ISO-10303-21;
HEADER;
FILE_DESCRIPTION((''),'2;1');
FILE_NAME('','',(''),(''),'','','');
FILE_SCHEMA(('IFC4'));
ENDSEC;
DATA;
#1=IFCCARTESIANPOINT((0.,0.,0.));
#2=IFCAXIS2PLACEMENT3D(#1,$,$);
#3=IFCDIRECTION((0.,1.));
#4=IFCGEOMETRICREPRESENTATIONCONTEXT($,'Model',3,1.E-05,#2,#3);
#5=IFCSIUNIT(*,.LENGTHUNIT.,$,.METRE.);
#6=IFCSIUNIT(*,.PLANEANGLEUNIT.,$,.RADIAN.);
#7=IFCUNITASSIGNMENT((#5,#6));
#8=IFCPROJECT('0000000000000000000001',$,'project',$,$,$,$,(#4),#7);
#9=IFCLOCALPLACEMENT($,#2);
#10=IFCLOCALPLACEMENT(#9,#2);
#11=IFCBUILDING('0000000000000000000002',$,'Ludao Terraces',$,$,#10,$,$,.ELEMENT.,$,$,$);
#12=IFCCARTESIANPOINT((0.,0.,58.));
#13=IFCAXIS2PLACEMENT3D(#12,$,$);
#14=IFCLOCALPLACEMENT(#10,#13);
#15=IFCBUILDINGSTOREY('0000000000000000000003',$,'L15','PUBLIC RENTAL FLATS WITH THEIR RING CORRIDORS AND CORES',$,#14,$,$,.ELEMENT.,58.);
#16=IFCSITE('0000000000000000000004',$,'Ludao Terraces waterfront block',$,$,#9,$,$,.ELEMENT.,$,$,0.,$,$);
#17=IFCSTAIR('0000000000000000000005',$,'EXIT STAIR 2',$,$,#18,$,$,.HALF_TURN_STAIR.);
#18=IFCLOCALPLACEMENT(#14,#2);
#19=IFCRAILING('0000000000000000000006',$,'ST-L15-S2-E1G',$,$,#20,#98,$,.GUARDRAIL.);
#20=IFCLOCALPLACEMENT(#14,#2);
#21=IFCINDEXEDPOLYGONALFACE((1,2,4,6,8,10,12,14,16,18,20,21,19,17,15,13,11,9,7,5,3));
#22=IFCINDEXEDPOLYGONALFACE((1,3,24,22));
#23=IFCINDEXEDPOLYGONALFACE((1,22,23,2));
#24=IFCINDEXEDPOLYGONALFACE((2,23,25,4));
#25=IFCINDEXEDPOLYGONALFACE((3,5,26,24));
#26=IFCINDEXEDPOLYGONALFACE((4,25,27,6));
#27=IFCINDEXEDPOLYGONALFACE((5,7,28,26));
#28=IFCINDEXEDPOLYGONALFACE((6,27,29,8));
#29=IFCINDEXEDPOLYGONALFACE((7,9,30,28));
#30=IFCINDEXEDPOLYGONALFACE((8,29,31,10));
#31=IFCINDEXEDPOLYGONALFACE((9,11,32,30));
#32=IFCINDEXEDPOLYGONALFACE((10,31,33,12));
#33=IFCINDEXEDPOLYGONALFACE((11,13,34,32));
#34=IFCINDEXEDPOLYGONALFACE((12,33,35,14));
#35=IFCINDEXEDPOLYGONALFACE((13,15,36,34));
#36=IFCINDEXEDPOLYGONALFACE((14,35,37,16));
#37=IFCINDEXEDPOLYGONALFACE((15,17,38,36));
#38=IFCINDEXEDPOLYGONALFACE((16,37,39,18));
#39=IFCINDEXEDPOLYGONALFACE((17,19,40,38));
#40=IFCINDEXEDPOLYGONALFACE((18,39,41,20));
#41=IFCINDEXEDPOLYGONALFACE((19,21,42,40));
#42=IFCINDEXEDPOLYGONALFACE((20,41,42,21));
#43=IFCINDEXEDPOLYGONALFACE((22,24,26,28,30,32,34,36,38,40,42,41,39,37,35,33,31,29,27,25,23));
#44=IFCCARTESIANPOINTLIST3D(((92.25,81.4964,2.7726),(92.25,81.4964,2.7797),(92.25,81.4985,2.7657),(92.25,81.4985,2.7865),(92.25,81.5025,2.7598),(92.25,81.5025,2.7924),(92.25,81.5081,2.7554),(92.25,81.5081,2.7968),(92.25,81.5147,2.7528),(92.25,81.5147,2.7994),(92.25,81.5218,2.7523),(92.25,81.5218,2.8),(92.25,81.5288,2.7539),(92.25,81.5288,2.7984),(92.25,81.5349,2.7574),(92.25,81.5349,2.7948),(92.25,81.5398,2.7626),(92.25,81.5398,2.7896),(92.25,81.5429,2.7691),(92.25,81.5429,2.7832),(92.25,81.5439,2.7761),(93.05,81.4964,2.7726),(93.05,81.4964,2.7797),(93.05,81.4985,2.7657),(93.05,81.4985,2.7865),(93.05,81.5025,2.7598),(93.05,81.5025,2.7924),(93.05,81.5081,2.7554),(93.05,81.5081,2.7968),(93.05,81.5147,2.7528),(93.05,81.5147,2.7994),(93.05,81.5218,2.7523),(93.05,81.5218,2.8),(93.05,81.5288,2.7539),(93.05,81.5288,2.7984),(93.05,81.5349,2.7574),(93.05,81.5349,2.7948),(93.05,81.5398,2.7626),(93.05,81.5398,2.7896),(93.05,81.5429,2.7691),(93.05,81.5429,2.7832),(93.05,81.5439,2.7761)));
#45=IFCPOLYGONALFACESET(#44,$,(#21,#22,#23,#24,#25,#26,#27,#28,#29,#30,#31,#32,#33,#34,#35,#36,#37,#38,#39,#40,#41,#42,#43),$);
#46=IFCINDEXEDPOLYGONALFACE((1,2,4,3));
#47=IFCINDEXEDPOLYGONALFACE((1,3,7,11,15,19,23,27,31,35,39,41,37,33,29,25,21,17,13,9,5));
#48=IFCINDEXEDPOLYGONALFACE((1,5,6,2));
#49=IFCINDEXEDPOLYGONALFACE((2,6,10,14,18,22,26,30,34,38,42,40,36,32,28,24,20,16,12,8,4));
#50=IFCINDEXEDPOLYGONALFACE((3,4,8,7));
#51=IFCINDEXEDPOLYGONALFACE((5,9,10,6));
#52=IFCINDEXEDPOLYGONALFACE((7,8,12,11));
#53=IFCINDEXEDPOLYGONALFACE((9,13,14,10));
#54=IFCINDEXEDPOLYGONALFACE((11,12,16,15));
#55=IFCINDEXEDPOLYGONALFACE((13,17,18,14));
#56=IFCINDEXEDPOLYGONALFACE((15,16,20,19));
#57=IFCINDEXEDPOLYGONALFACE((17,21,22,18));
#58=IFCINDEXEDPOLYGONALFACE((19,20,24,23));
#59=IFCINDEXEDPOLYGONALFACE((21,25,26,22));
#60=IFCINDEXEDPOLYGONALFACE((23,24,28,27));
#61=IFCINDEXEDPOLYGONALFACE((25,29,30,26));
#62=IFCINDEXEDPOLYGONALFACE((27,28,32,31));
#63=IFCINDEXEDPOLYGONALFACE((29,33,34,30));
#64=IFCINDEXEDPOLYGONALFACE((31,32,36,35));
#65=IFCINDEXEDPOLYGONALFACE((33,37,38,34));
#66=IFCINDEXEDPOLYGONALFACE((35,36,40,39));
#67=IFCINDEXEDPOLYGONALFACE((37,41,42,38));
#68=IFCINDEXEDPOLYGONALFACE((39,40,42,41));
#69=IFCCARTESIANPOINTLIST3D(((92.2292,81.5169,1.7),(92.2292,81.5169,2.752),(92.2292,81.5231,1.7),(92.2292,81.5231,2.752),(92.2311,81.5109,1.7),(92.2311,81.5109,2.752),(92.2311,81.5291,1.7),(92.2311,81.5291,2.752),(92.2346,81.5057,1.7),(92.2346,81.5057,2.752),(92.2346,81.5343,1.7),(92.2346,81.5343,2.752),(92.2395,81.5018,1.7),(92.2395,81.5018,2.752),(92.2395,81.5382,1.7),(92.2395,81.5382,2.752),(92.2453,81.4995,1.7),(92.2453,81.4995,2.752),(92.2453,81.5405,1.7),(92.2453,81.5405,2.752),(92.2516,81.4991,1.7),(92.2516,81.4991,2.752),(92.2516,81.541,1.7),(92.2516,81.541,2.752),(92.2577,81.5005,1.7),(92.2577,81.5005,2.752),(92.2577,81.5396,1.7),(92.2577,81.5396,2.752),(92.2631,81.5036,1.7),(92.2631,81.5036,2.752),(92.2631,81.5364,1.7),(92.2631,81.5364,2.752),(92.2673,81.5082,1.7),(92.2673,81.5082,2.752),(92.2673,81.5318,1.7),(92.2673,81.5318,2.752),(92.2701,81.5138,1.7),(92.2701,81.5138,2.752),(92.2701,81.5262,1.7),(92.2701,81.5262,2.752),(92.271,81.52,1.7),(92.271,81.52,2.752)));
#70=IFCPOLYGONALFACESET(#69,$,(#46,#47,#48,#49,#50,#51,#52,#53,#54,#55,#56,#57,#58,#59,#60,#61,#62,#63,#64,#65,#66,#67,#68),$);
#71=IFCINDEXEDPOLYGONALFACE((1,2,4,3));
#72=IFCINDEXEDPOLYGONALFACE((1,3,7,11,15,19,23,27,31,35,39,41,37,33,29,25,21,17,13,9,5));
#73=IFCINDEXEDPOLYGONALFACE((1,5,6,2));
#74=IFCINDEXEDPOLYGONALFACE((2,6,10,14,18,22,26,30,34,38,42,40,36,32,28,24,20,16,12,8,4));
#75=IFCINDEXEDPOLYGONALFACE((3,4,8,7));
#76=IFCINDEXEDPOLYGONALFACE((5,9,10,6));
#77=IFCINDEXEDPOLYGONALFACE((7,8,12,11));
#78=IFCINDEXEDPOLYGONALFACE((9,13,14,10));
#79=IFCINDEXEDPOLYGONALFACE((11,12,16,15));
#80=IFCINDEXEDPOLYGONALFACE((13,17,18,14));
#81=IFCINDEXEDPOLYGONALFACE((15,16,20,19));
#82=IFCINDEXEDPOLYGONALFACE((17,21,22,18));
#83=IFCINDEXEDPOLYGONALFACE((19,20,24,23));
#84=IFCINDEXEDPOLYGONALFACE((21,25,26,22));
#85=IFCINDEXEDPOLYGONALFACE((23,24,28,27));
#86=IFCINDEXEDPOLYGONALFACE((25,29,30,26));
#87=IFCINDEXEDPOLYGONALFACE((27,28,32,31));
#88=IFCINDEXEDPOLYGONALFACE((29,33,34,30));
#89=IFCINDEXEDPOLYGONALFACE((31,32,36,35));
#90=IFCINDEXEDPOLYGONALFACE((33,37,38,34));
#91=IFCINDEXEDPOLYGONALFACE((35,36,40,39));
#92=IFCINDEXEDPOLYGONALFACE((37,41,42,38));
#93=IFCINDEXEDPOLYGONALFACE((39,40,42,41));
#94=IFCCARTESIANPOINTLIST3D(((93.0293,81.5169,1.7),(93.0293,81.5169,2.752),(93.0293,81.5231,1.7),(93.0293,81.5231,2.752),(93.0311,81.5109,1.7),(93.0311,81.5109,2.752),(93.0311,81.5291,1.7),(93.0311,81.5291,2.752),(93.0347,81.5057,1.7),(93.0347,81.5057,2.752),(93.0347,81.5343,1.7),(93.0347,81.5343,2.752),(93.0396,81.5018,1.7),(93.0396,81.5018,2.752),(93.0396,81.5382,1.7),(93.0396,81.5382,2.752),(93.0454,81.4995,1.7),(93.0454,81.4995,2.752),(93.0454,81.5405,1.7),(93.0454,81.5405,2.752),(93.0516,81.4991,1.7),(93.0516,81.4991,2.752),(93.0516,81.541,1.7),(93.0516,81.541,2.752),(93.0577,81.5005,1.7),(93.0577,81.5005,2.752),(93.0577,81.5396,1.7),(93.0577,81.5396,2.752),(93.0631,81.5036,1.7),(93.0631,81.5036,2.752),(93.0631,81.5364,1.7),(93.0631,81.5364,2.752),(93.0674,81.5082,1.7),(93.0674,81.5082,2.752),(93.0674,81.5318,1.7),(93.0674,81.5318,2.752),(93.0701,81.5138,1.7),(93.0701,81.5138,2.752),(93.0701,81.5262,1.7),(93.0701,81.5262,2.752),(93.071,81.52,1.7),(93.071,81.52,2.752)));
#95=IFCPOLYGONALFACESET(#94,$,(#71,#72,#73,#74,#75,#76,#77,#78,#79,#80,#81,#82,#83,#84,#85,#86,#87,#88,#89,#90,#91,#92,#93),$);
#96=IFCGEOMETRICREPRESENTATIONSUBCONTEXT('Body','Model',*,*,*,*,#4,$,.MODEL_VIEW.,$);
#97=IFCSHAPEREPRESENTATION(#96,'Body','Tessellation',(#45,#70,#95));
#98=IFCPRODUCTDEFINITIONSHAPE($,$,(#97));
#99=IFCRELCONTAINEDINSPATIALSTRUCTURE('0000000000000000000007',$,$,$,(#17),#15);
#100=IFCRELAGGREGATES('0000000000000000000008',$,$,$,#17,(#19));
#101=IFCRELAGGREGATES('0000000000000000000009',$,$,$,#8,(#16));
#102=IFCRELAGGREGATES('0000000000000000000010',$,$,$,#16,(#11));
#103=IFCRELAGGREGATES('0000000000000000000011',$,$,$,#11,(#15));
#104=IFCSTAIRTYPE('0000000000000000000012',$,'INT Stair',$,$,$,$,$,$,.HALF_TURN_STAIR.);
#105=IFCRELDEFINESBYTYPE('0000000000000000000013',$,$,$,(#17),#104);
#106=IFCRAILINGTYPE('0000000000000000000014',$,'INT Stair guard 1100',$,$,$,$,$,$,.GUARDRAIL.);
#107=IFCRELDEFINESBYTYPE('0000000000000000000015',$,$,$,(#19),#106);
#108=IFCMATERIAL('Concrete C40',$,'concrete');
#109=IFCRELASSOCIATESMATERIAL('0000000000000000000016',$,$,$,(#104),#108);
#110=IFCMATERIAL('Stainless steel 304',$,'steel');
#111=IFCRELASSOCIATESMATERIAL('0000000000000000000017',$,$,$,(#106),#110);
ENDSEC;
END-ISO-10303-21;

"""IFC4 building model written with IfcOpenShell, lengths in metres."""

from ifc_helpers import new_model, si_unit, direction, frame, origin, origin_2d, place, context, subcontext, project, spatial, circle, extrude, material, type_object, element, aggregate, save


model = new_model("IFC4")

# Units and contexts
model_context = context("Model", 3, precision=1e-05, world=origin(), true_north=direction((0.0, 1.0)))
body_context = subcontext(model_context, "Body", "Model", "MODEL_VIEW")
ifc_project = project(units=[si_unit("LENGTHUNIT", "METRE"), si_unit("PLANEANGLEUNIT", "RADIAN")], contexts=[model_context])

# Site, building, storey
site_placement = place(None, origin())
site = spatial("IfcSite", under=ifc_project, at=site_placement, Name="Ludao Terraces waterfront block", CompositionType="ELEMENT", RefElevation=0.0)
building_placement = place(site_placement, origin())
building = spatial("IfcBuilding", under=site, at=building_placement, Name="Ludao Terraces", CompositionType="ELEMENT")
storey_placement = place(building_placement, frame((0.0, 0.0, 58.0)))
storey = spatial("IfcBuildingStorey", under=building, at=storey_placement, Name="L15", Description="PUBLIC RENTAL FLATS WITH THEIR RING CORRIDORS AND CORES", CompositionType="ELEMENT", Elevation=58.0)

# Shared definitions
ifc_material_1 = material(Name="Concrete C40", Category="concrete")

# Shared definitions
ifc_material_2 = material(Name="Stainless steel 304", Category="steel")

# Stair, railing
stair_type = type_object("IfcStairType", Name="INT Stair", PredefinedType="HALF_TURN_STAIR", material=ifc_material_1)
stair_placement = place(storey_placement, origin())
stair = element("IfcStair", 1, at=stair_placement, inside=storey, type_object=stair_type, Name="EXIT STAIR 2", PredefinedType="HALF_TURN_STAIR")
railing_type_1 = type_object("IfcRailingType", Name="INT Stair guard 1100", PredefinedType="GUARDRAIL", material=ifc_material_2)
railing_1_placement = place(storey_placement, frame((92.25, 81.52, 1.7)))
railing_1 = element("IfcRailing", 2, at=railing_1_placement, type_object=railing_type_1, Name="ST-L15-S2-E1G", PredefinedType="GUARDRAIL", context=body_context, shape_type="SweptSolid", body=[
    extrude(circle(Radius=0.0239, at=origin_2d()), frame((0.0, 0.0, 1.0762), z_axis=(1.0, 0.0, 0.0), x_axis=(0.0, 1.0, 0.0)), (0.0, 0.0, 1.0), 0.8),
    extrude(circle(Radius=0.021, at=origin_2d()), origin(), (0.0, 0.0, 1.0), 1.052),
    extrude(circle(Radius=0.021, at=origin_2d()), frame((0.8, 0.0, 0.0)), (0.0, 0.0, 1.0), 1.052),
])
aggregate(stair, [railing_1])

save(model, "model.ifc")
